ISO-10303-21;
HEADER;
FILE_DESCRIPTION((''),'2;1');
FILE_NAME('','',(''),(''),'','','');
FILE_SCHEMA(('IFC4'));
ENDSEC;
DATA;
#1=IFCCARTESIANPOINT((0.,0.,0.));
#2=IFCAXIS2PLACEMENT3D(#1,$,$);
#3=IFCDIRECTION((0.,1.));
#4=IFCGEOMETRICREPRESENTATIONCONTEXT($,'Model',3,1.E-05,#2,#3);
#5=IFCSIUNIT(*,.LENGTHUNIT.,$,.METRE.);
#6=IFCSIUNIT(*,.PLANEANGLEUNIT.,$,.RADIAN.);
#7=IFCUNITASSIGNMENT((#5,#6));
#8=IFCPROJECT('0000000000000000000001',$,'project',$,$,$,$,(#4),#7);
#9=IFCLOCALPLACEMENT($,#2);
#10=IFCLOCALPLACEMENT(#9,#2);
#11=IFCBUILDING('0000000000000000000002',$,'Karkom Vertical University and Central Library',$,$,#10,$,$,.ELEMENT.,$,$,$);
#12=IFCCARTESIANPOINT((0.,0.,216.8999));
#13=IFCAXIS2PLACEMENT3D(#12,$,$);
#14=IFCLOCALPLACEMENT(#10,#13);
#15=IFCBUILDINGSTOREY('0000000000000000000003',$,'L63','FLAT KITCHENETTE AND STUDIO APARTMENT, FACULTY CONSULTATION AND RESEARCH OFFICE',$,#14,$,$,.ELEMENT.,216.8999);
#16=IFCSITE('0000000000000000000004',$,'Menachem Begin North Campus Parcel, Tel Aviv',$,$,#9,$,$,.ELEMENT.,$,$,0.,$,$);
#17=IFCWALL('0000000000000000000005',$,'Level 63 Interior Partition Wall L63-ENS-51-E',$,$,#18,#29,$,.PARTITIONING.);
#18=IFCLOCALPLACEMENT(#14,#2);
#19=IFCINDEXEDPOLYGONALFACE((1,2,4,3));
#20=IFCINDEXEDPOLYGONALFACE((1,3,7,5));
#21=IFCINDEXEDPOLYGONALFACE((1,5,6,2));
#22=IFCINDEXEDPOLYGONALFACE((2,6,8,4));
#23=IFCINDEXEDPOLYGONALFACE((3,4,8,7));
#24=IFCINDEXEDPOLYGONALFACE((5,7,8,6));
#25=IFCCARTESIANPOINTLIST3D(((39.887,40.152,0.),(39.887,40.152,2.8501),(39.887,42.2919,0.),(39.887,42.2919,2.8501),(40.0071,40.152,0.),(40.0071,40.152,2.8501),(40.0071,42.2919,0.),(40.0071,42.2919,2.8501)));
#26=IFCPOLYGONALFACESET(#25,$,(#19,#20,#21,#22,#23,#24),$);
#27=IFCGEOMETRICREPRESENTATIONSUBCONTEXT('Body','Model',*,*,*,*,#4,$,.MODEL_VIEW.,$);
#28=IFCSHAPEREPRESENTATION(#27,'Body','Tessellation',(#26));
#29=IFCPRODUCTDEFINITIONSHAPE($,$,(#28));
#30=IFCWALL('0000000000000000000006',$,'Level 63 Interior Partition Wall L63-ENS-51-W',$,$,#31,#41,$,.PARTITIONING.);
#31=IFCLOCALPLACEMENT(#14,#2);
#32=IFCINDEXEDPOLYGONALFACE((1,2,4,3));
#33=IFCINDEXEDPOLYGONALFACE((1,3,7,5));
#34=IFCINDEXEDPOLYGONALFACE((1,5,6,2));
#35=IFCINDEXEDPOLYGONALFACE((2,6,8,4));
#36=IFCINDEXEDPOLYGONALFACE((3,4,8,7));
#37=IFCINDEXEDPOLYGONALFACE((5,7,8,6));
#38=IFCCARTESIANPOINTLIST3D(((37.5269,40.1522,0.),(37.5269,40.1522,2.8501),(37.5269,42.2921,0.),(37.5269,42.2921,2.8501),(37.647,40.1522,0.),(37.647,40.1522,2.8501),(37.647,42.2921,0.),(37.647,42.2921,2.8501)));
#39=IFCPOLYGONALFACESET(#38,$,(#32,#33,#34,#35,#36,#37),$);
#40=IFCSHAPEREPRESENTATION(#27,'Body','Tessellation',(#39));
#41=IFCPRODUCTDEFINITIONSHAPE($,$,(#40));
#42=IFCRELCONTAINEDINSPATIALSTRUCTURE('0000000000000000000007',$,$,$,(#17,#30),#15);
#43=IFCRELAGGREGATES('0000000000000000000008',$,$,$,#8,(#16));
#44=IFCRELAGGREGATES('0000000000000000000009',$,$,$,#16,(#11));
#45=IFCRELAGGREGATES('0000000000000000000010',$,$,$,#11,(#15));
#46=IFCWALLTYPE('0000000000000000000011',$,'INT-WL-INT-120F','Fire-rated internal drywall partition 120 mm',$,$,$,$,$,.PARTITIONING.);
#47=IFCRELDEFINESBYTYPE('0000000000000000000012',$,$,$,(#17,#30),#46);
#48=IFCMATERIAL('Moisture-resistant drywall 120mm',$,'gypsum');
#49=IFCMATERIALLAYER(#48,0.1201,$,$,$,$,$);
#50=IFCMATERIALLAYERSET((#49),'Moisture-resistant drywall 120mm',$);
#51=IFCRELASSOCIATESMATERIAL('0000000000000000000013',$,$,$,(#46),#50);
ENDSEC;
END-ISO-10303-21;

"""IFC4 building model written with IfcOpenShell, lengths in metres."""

from ifc_helpers import new_model, si_unit, direction, frame, frame_2d, origin, place, context, subcontext, project, spatial, rectangle, extrude, material, layer, layer_set, type_object, element, save


model = new_model("IFC4")

# Units and contexts
model_context = context("Model", 3, precision=1e-05, world=origin(), true_north=direction((0.0, 1.0)))
body_context = subcontext(model_context, "Body", "Model", "MODEL_VIEW")
ifc_project = project(units=[si_unit("LENGTHUNIT", "METRE"), si_unit("PLANEANGLEUNIT", "RADIAN")], contexts=[model_context])

# Site, building, storey
site_placement = place(None, origin())
site = spatial("IfcSite", under=ifc_project, at=site_placement, Name="Menachem Begin North Campus Parcel, Tel Aviv", CompositionType="ELEMENT", RefElevation=0.0)
building_placement = place(site_placement, origin())
building = spatial("IfcBuilding", under=site, at=building_placement, Name="Karkom Vertical University and Central Library", CompositionType="ELEMENT")
storey_placement = place(building_placement, frame((0.0, 0.0, 216.8999)))
storey = spatial("IfcBuildingStorey", under=building, at=storey_placement, Name="L63", Description="FLAT KITCHENETTE AND STUDIO APARTMENT, FACULTY CONSULTATION AND RESEARCH OFFICE", CompositionType="ELEMENT", Elevation=216.8999)

# Shared definitions
ifc_material_1 = material(Name="Moisture-resistant drywall 120mm", Category="gypsum")
ifc_layer_1 = layer(ifc_material_1, 0.1201)
ifc_layer_set_1 = layer_set([ifc_layer_1], Name="Moisture-resistant drywall 120mm")
wall_type_1 = type_object("IfcWallType", Name="INT-WL-INT-120F", Description="Fire-rated internal drywall partition 120 mm", PredefinedType="PARTITIONING", material=ifc_layer_set_1)

# Walls
for number, where, z_axis, x_axis, name in (
    (1, (39.947, 40.1521, 0.0), (0.0, 0.0, 1.0), (0.0, 1.0, 0.0), "Level 63 Interior Partition Wall L63-ENS-51-E"),
    (2, (37.5869, 42.292, 0.0), (0.0, 0.0, 1.0), (0.0, -1.0, 0.0), "Level 63 Interior Partition Wall L63-ENS-51-W"),
):
    element("IfcWall", number, at=place(storey_placement, frame(where, z_axis=z_axis, x_axis=x_axis)), inside=storey, type_object=wall_type_1, Name=name, PredefinedType="PARTITIONING", context=body_context, shape_type="SweptSolid", body=[
        extrude(rectangle(XDim=2.1399, YDim=0.1201, at=frame_2d((1.0698, 0.0))), origin(), (0.0, 0.0, 1.0), 2.8501),
    ])

save(model, "model.ifc")
